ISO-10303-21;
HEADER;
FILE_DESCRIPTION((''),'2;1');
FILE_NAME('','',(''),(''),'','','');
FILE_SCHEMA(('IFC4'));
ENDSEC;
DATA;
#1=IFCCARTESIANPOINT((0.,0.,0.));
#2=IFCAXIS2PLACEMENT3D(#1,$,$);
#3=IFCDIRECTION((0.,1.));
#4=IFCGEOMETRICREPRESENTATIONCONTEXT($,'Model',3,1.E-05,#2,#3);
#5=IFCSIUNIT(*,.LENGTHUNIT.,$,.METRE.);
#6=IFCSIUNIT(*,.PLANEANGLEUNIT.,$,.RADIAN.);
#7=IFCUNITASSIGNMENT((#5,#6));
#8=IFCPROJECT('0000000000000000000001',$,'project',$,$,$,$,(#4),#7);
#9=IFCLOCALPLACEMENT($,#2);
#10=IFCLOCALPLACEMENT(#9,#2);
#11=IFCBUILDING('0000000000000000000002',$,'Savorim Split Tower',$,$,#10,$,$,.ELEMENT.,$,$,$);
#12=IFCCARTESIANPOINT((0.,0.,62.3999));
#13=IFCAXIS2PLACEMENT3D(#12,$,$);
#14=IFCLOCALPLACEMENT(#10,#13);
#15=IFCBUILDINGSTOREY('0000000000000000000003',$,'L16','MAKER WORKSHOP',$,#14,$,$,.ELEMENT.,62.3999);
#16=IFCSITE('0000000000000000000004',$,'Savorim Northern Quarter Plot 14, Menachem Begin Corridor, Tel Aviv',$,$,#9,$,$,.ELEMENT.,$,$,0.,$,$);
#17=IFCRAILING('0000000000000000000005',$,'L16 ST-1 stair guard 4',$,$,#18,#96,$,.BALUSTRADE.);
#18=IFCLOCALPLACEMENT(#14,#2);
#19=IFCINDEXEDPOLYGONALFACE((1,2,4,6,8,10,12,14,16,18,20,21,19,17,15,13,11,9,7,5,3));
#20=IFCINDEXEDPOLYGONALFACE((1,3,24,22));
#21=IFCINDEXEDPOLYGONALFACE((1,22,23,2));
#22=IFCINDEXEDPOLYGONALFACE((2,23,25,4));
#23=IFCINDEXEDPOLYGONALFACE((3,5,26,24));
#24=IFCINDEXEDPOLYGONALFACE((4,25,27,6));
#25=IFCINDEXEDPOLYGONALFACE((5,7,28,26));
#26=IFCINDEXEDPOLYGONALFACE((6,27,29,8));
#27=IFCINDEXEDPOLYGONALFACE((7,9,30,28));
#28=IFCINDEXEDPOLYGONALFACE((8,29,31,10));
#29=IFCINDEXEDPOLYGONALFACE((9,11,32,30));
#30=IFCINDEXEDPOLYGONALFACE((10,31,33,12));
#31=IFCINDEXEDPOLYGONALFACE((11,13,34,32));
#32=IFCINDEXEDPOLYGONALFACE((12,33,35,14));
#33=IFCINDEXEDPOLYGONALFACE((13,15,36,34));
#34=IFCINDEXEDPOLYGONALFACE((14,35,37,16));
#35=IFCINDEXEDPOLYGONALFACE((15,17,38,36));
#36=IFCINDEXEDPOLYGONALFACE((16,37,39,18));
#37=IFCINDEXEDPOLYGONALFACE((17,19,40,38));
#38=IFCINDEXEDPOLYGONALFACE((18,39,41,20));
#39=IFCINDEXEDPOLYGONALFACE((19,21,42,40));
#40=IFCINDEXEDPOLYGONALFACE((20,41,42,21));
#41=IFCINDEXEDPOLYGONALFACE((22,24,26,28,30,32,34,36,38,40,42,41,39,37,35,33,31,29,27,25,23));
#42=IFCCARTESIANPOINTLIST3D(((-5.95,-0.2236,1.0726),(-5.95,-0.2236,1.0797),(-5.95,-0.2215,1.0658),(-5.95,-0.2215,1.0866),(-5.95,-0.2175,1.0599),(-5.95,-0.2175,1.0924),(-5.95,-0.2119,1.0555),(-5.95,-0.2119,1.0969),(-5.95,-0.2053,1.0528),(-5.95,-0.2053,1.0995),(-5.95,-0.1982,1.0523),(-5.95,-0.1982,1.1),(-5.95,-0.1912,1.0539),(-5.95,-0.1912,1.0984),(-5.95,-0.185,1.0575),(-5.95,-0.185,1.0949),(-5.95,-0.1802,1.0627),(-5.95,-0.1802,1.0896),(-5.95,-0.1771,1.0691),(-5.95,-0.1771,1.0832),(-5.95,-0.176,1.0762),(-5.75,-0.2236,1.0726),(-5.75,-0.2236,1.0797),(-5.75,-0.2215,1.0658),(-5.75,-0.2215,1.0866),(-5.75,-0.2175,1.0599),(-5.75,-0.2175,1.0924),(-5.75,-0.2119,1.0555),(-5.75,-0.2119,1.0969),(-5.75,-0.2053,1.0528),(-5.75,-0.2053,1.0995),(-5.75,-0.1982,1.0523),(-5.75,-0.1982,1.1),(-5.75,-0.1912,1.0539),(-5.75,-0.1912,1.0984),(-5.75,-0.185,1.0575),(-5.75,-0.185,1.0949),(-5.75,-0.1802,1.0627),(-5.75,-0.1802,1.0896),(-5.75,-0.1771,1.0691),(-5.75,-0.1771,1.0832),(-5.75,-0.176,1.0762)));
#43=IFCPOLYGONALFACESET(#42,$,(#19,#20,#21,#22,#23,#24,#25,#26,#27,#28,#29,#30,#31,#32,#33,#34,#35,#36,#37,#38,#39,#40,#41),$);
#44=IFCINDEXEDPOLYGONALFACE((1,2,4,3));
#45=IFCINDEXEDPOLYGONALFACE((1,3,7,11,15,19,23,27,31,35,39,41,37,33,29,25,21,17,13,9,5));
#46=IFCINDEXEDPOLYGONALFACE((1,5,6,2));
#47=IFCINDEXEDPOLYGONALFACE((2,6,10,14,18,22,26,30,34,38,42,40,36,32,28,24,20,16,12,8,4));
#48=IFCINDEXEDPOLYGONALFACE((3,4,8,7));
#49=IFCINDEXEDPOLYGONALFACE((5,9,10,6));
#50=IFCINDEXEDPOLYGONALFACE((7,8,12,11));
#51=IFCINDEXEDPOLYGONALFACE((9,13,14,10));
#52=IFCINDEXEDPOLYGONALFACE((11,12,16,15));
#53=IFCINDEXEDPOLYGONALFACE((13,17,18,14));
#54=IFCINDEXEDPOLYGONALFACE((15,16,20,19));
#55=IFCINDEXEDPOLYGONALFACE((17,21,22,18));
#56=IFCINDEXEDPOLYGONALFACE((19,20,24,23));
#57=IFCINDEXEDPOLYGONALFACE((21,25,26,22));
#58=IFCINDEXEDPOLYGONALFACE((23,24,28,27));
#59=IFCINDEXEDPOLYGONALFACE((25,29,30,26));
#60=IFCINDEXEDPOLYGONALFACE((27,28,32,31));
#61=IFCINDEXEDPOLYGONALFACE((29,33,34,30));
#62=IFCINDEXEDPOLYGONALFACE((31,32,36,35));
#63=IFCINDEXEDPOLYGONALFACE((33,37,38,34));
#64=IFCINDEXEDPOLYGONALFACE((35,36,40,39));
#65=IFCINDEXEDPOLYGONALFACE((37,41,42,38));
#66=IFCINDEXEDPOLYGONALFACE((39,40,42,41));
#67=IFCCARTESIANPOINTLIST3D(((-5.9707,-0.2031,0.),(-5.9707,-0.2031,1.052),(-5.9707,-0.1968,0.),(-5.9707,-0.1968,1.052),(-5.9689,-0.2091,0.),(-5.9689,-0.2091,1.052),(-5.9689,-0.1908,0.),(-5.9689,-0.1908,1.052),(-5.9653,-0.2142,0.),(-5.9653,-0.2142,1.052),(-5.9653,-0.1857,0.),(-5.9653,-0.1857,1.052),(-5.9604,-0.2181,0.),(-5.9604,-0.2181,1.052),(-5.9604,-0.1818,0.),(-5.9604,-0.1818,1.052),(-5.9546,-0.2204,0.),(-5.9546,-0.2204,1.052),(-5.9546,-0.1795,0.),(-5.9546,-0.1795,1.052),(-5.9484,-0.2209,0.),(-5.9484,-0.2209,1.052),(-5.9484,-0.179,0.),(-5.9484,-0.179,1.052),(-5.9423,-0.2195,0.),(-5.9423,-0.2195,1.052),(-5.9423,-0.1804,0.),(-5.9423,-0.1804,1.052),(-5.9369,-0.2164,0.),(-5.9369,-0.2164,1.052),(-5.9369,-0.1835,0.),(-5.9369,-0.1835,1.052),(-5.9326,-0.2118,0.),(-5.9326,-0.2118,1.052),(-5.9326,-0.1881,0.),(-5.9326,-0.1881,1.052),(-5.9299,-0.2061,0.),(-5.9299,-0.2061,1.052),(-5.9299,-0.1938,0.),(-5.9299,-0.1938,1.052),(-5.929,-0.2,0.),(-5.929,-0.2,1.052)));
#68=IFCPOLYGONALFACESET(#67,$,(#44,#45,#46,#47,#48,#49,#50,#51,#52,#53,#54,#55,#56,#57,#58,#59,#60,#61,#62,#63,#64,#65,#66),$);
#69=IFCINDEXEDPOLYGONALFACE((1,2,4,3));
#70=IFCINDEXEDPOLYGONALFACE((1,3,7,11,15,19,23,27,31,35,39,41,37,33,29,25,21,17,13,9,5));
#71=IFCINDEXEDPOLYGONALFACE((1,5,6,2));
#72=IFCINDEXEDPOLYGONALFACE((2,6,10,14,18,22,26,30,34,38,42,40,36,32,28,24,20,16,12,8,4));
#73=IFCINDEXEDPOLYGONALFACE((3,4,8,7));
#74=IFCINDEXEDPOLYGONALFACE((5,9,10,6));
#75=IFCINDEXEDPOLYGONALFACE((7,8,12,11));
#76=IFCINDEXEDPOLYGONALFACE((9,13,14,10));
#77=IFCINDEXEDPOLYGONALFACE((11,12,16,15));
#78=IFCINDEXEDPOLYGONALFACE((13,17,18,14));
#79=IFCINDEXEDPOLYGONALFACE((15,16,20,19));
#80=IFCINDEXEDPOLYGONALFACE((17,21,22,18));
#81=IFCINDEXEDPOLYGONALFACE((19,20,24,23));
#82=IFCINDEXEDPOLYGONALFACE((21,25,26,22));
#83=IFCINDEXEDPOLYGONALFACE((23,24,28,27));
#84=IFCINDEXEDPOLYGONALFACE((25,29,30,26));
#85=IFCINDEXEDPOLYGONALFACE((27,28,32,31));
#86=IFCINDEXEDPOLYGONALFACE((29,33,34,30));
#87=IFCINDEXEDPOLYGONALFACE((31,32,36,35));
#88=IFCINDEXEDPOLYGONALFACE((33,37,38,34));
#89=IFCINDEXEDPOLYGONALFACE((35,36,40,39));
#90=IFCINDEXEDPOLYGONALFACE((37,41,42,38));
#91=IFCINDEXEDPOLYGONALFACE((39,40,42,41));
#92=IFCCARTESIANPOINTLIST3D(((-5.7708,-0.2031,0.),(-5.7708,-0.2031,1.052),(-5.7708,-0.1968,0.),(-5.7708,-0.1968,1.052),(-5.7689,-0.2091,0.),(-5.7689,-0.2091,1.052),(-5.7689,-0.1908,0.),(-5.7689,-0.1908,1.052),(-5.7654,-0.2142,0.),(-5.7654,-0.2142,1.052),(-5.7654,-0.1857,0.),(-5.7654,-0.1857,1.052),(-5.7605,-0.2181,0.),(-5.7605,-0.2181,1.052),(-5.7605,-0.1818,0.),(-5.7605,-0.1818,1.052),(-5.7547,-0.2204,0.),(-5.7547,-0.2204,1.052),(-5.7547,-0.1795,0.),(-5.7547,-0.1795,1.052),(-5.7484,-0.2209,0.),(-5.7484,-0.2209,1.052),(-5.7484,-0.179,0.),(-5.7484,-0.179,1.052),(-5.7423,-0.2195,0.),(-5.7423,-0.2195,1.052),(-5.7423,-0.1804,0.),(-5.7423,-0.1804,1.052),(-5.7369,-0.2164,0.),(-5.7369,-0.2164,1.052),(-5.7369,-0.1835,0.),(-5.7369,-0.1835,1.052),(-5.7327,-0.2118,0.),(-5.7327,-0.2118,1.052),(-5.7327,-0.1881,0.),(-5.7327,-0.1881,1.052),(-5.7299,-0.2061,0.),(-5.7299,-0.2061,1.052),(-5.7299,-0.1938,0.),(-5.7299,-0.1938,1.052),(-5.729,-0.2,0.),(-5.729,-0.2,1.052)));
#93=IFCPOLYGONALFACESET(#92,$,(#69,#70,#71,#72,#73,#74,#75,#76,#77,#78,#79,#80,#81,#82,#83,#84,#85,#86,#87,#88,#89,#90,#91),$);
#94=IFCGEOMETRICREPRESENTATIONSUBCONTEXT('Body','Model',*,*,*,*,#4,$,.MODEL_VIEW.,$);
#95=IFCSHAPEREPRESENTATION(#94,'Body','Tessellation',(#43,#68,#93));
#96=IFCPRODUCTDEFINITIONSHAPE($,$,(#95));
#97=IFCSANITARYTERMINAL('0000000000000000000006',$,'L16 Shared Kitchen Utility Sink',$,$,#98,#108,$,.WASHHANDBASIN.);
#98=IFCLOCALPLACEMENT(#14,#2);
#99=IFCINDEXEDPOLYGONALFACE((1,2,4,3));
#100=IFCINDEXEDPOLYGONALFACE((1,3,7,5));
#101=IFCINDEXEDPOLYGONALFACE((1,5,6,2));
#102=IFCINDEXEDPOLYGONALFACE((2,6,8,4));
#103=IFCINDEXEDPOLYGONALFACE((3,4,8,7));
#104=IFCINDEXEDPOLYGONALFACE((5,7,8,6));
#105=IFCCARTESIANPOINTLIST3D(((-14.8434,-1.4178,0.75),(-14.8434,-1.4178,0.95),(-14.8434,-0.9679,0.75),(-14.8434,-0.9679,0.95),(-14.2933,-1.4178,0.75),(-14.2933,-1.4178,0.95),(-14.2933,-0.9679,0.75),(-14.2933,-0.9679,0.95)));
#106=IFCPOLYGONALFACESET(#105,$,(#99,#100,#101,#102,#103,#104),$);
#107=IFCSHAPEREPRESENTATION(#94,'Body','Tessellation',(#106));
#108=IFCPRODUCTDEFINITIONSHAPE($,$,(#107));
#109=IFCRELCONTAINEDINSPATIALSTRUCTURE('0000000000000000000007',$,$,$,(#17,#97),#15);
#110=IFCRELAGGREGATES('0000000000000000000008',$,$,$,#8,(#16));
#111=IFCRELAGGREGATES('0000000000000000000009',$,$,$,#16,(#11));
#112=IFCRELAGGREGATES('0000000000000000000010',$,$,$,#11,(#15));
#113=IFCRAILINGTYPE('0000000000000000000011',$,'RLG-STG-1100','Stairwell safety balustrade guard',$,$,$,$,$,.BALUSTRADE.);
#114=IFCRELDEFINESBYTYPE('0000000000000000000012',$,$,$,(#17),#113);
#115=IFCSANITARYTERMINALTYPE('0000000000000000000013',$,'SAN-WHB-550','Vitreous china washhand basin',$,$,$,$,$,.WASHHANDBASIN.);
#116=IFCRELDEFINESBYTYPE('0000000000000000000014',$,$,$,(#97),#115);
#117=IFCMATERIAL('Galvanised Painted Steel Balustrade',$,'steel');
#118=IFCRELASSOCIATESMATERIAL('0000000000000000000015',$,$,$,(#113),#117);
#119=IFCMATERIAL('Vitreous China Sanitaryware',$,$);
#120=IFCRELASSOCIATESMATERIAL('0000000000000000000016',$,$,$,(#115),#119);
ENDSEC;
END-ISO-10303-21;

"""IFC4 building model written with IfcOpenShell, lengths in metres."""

from ifc_helpers import new_model, si_unit, direction, frame, origin, origin_2d, place, context, subcontext, project, spatial, rectangle, circle, extrude, material, type_object, element, save


model = new_model("IFC4")

# Units and contexts
model_context = context("Model", 3, precision=1e-05, world=origin(), true_north=direction((0.0, 1.0)))
body_context = subcontext(model_context, "Body", "Model", "MODEL_VIEW")
ifc_project = project(units=[si_unit("LENGTHUNIT", "METRE"), si_unit("PLANEANGLEUNIT", "RADIAN")], contexts=[model_context])

# Site, building, storey
site_placement = place(None, origin())
site = spatial("IfcSite", under=ifc_project, at=site_placement, Name="Savorim Northern Quarter Plot 14, Menachem Begin Corridor, Tel Aviv", CompositionType="ELEMENT", RefElevation=0.0)
building_placement = place(site_placement, origin())
building = spatial("IfcBuilding", under=site, at=building_placement, Name="Savorim Split Tower", CompositionType="ELEMENT")
storey_placement = place(building_placement, frame((0.0, 0.0, 62.3999)))
storey = spatial("IfcBuildingStorey", under=building, at=storey_placement, Name="L16", Description="MAKER WORKSHOP", CompositionType="ELEMENT", Elevation=62.3999)

# Railing
ifc_material_1 = material(Name="Galvanised Painted Steel Balustrade", Category="steel")
railing_type_1 = type_object("IfcRailingType", Name="RLG-STG-1100", Description="Stairwell safety balustrade guard", PredefinedType="BALUSTRADE", material=ifc_material_1)
railing_1_placement = place(storey_placement, frame((-5.95, -0.2, 0.0)))
element("IfcRailing", 1, at=railing_1_placement, inside=storey, type_object=railing_type_1, Name="L16 ST-1 stair guard 4", PredefinedType="BALUSTRADE", context=body_context, shape_type="SweptSolid", body=[
    extrude(circle(Radius=0.0239, at=origin_2d()), frame((0.0, 0.0, 1.0762), z_axis=(1.0, 0.0, 0.0), x_axis=(0.0, 1.0, 0.0)), (0.0, 0.0, 1.0), 0.2),
    extrude(circle(Radius=0.021, at=origin_2d()), origin(), (0.0, 0.0, 1.0), 1.052),
    extrude(circle(Radius=0.021, at=origin_2d()), frame((0.2, 0.0, 0.0)), (0.0, 0.0, 1.0), 1.052),
])

# Sanitary terminal
ifc_material_2 = material(Name="Vitreous China Sanitaryware")
sanitary_terminal_type = type_object("IfcSanitaryTerminalType", Name="SAN-WHB-550", Description="Vitreous china washhand basin", PredefinedType="WASHHANDBASIN", material=ifc_material_2)
sanitary_terminal_placement = place(storey_placement, frame((-14.5684, -1.1929, 0.75), z_axis=(0.0, 0.0, 1.0), x_axis=(1.0, 0.0, 0.0)))
element("IfcSanitaryTerminal", 2, at=sanitary_terminal_placement, inside=storey, type_object=sanitary_terminal_type, Name="L16 Shared Kitchen Utility Sink", PredefinedType="WASHHANDBASIN", context=body_context, shape_type="SweptSolid", body=[
    extrude(rectangle(XDim=0.55, YDim=0.45, at=origin_2d()), origin(), (0.0, 0.0, 1.0), 0.2),
])

save(model, "model.ifc")
